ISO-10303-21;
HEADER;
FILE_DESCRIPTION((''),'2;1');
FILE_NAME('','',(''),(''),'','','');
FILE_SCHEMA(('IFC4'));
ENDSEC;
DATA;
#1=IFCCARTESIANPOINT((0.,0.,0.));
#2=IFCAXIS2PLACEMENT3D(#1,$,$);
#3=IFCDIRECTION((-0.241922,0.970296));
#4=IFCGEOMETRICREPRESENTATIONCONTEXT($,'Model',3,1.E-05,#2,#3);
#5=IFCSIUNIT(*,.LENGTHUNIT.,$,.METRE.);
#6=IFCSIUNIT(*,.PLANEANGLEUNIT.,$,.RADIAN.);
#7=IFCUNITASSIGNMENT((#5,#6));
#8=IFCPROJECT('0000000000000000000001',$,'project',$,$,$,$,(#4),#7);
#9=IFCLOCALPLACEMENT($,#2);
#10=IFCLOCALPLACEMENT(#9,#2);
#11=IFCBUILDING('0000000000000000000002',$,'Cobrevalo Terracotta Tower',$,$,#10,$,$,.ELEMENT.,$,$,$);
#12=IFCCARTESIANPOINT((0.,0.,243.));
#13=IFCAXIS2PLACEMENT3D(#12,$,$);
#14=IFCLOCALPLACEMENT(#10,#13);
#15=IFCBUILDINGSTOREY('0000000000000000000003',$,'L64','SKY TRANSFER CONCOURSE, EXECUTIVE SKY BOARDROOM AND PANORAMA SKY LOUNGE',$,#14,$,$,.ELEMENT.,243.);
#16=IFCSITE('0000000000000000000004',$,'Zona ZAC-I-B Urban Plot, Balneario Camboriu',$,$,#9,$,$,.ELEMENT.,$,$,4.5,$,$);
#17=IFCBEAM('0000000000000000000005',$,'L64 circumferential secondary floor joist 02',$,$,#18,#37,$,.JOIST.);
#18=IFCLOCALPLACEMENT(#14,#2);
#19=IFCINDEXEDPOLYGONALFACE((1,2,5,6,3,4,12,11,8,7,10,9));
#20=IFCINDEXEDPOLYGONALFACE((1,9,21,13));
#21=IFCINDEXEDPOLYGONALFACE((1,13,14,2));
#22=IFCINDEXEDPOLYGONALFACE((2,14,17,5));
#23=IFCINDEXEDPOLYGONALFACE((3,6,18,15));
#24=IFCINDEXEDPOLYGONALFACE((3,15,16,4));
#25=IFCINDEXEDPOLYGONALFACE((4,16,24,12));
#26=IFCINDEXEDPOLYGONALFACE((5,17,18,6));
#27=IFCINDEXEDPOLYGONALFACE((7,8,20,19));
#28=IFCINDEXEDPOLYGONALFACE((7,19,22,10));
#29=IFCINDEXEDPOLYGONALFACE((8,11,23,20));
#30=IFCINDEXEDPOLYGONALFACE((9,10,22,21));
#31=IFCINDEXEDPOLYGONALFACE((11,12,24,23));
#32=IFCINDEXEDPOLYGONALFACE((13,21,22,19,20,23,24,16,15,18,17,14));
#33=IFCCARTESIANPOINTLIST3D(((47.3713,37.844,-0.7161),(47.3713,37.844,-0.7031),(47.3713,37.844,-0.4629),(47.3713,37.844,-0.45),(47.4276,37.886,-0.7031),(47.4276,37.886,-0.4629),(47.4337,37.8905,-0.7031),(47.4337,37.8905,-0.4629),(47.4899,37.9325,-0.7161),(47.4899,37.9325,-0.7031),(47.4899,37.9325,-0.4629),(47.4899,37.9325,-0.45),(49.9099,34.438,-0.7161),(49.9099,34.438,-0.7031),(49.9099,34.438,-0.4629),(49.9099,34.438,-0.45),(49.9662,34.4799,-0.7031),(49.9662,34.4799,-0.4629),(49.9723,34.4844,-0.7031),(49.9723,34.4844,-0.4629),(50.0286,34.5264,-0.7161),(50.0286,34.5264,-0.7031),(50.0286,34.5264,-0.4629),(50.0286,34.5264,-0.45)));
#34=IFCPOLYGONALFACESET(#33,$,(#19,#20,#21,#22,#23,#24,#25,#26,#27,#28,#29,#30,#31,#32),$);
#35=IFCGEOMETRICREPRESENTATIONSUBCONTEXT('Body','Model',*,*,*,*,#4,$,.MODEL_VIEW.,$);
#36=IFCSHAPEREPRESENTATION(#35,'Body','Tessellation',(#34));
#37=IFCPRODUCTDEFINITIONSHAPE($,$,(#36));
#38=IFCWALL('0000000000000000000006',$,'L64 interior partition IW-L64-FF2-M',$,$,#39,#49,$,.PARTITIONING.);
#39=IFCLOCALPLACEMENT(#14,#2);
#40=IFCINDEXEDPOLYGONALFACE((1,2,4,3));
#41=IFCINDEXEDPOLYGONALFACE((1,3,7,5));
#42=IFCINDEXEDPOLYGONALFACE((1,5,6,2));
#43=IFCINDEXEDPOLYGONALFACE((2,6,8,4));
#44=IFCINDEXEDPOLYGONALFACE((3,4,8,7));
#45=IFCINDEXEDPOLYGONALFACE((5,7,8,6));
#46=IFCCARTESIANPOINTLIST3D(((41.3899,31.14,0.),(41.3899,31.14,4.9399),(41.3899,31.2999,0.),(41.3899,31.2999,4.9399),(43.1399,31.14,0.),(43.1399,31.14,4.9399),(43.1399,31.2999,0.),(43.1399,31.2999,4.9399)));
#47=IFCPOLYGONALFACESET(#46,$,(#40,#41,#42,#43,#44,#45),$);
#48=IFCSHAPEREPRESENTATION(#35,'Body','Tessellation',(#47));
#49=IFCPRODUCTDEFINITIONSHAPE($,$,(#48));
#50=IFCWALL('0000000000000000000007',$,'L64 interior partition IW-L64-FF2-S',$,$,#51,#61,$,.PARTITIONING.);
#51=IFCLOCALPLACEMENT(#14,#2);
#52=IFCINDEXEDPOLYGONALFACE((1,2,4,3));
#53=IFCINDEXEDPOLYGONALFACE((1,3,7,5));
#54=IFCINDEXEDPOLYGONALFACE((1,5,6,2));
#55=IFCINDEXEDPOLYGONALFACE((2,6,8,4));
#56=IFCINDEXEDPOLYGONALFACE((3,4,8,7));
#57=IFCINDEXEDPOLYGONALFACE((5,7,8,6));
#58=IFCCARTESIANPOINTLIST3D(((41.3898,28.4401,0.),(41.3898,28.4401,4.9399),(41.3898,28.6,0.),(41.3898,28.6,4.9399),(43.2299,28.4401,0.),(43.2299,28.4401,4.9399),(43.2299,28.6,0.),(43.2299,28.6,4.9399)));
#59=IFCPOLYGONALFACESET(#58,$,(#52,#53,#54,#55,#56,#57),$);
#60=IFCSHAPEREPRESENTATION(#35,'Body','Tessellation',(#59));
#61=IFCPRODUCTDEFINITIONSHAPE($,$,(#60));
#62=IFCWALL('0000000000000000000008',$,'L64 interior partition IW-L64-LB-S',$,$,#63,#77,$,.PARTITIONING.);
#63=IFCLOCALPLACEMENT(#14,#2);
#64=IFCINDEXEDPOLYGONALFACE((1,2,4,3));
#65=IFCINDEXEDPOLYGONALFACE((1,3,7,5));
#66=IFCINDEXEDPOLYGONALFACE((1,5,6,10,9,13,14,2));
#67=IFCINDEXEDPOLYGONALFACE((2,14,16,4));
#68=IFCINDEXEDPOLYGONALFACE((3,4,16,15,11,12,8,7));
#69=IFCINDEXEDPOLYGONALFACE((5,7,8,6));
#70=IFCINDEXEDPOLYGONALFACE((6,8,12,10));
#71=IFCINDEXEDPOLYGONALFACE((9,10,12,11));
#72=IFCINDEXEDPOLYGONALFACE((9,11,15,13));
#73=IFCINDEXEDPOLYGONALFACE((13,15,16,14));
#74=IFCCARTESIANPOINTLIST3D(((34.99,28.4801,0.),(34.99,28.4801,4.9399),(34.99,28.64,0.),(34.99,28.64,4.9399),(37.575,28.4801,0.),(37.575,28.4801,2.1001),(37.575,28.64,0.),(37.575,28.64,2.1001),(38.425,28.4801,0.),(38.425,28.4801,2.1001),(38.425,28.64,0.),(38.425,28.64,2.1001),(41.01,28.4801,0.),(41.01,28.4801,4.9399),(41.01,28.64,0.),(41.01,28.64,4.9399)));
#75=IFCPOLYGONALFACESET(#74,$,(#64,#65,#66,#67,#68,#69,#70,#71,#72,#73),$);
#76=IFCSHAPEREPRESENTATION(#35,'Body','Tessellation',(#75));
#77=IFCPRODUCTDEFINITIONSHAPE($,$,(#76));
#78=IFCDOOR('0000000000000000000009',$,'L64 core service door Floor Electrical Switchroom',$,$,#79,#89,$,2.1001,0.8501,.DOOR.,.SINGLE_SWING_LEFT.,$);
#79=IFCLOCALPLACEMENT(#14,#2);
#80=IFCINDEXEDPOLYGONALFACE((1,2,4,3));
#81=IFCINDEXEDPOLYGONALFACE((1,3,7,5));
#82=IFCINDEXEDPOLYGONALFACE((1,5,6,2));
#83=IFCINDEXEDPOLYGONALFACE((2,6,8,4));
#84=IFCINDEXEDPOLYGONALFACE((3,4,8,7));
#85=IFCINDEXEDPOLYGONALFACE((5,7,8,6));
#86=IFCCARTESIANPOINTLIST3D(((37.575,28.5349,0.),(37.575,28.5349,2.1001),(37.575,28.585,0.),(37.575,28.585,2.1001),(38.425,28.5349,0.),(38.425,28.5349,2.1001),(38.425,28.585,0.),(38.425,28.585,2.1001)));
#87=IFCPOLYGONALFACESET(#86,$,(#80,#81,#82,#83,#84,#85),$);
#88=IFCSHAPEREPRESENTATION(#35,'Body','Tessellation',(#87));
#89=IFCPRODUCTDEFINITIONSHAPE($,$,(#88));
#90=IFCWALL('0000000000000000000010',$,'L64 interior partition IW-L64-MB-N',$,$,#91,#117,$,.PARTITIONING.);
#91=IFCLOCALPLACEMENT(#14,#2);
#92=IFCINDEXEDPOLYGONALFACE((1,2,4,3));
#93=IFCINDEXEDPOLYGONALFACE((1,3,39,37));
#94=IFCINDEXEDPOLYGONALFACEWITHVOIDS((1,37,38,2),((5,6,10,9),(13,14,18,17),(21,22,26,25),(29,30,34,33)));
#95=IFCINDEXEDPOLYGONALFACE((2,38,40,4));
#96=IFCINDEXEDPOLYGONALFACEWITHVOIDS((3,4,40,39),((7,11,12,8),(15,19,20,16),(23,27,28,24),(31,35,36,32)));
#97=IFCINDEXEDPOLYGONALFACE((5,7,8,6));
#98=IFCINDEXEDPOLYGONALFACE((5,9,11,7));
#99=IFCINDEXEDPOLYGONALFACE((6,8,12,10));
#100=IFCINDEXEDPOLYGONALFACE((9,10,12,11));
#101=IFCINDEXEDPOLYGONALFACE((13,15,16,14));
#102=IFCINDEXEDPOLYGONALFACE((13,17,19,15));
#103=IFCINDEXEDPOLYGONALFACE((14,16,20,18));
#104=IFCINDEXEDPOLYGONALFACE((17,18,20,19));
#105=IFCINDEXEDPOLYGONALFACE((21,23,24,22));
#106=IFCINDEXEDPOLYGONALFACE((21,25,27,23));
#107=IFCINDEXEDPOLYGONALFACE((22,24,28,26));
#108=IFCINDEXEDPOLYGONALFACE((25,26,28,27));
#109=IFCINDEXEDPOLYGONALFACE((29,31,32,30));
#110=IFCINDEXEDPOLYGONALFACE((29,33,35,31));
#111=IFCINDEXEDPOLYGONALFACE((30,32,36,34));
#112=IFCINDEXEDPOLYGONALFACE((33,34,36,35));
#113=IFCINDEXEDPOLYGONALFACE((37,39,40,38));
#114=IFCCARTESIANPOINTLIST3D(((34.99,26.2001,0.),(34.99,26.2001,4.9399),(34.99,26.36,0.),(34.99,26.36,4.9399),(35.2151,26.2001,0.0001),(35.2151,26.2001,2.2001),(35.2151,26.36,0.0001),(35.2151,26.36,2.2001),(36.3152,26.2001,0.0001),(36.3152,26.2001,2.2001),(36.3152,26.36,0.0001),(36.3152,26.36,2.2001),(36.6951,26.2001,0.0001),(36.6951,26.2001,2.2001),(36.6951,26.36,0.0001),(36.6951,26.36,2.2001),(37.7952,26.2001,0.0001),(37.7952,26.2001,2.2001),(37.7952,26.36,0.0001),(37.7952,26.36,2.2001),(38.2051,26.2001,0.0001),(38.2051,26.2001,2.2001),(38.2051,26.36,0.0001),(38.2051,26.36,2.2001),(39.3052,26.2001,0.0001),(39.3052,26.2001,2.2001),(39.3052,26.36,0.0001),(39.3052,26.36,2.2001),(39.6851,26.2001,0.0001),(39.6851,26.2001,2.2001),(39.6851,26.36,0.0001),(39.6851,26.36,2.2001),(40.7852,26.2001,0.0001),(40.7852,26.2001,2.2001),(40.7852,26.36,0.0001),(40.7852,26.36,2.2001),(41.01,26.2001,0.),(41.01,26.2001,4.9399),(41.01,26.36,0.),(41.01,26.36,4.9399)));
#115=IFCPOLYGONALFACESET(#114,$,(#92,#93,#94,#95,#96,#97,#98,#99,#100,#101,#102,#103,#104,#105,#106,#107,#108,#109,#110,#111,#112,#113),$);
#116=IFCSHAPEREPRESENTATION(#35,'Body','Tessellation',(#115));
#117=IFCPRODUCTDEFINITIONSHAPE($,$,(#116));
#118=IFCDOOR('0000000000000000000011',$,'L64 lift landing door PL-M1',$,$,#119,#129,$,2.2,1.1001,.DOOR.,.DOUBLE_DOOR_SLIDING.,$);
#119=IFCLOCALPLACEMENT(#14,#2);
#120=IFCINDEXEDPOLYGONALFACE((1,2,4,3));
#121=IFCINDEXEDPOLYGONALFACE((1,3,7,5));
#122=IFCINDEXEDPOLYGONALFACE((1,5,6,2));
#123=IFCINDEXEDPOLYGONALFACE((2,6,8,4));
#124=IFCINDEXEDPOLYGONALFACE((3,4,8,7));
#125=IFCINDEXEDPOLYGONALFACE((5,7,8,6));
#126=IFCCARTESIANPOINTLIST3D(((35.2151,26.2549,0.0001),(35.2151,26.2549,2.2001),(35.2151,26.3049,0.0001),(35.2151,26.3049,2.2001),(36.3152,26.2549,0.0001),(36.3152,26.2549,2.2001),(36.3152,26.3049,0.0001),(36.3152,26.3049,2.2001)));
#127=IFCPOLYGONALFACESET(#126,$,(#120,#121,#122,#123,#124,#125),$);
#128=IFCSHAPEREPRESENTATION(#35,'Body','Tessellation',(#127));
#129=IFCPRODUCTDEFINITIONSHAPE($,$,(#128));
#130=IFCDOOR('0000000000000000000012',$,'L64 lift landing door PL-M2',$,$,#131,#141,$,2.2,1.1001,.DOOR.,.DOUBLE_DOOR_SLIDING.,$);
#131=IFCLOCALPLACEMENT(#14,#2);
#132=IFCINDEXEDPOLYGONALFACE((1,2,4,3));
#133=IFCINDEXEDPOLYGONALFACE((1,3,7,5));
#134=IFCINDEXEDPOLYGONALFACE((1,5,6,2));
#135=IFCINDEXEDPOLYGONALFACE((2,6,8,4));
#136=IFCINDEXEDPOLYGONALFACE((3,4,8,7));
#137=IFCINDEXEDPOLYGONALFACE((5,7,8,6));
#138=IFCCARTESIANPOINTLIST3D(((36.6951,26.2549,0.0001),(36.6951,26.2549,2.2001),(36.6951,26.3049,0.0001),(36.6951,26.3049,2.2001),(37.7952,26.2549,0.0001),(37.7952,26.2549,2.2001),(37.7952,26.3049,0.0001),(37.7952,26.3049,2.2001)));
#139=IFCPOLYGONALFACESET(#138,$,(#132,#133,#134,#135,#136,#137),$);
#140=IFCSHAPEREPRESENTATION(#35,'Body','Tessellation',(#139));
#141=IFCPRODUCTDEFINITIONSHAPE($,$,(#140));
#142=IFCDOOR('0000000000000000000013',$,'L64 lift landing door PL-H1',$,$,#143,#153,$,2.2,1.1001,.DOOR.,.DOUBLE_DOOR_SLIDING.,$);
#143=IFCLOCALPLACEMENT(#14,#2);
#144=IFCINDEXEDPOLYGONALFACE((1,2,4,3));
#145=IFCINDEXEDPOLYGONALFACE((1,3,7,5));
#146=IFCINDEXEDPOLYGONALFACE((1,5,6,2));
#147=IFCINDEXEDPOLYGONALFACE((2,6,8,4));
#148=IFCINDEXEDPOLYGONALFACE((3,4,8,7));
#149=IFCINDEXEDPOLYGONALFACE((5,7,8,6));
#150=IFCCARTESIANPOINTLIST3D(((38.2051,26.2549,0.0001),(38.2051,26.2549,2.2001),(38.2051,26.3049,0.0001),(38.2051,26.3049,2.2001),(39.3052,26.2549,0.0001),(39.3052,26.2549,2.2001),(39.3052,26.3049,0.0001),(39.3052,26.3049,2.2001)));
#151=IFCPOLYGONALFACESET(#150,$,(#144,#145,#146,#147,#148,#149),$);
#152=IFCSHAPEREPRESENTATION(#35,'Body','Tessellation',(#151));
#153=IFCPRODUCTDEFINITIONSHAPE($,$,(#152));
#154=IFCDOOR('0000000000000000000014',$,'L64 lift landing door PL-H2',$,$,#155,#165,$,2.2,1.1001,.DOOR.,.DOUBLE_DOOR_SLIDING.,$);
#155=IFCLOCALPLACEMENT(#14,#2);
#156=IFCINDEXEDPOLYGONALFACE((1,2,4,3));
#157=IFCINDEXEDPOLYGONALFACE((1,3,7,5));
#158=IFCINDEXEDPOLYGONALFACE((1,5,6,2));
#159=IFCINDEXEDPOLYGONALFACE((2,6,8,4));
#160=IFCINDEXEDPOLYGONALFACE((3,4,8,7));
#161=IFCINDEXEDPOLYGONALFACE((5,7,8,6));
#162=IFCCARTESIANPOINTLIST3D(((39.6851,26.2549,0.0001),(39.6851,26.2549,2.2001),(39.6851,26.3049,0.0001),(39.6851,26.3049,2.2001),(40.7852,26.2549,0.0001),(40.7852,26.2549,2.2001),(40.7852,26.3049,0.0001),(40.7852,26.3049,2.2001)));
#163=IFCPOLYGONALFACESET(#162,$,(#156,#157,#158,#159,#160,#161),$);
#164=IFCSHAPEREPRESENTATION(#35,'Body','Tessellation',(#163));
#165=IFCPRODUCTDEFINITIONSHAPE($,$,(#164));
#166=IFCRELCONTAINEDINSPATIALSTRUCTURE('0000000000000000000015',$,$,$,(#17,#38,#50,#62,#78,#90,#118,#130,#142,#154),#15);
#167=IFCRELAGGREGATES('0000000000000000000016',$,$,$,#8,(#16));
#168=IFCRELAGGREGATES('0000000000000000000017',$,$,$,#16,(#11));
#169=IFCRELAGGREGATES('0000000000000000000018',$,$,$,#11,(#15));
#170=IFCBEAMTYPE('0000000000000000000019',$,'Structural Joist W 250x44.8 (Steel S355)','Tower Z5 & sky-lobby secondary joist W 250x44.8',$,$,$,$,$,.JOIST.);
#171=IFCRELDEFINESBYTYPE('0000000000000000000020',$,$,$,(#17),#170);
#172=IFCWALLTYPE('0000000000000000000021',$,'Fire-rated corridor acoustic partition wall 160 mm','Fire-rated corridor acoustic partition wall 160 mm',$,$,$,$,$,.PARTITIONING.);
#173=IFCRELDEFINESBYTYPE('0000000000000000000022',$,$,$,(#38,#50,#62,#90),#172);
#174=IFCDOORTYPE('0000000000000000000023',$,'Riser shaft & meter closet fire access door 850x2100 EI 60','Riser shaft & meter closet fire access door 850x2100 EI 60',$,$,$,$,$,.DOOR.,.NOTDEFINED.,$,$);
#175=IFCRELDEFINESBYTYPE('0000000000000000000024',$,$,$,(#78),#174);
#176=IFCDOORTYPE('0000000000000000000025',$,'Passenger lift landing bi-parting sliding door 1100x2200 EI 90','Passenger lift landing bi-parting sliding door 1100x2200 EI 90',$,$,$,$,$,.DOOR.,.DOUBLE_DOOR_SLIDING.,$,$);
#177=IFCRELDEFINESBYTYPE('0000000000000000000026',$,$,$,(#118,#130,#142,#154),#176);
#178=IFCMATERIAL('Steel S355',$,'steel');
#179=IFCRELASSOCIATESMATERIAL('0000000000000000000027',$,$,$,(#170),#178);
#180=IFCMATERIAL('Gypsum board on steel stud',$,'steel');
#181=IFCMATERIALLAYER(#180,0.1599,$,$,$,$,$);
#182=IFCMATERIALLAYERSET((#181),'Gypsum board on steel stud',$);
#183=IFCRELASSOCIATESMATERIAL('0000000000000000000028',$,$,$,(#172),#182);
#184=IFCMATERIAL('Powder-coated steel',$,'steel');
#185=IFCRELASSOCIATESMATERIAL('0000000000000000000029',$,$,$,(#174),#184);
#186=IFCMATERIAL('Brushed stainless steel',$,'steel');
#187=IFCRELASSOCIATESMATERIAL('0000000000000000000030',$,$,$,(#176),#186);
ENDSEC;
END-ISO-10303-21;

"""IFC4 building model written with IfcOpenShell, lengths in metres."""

from ifc_helpers import new_model, si_unit, direction, frame, frame_2d, origin, origin_2d, place, context, subcontext, project, spatial, rectangle, i_section, extrude, source, transform, mapped, material, layer, layer_set, material_profile, profile_set, type_object, element, fill, save


model = new_model("IFC4")

# Units and contexts
model_context = context("Model", 3, precision=1e-05, world=origin(), true_north=direction((-0.241922, 0.970296)))
body_context = subcontext(model_context, "Body", "Model", "MODEL_VIEW")
ifc_project = project(units=[si_unit("LENGTHUNIT", "METRE"), si_unit("PLANEANGLEUNIT", "RADIAN")], contexts=[model_context])

# Site, building, storey
site_placement = place(None, origin())
site = spatial("IfcSite", under=ifc_project, at=site_placement, Name="Zona ZAC-I-B Urban Plot, Balneario Camboriu", CompositionType="ELEMENT", RefElevation=4.5)
building_placement = place(site_placement, origin())
building = spatial("IfcBuilding", under=site, at=building_placement, Name="Cobrevalo Terracotta Tower", CompositionType="ELEMENT")
storey_placement = place(building_placement, frame((0.0, 0.0, 243.0)))
storey = spatial("IfcBuildingStorey", under=building, at=storey_placement, Name="L64", Description="SKY TRANSFER CONCOURSE, EXECUTIVE SKY BOARDROOM AND PANORAMA SKY LOUNGE", CompositionType="ELEMENT", Elevation=243.0)

# Beam
ifc_material_1 = material(Name="Steel S355", Category="steel")
ifc_material_profile = material_profile(ifc_material_1, i_section(OverallWidth=0.1479, OverallDepth=0.2661, WebThickness=0.0076, FlangeThickness=0.0129, at=origin_2d()), Name="W 250x44.8")
ifc_profile_set = profile_set([ifc_material_profile], Name="Steel S355")
beam_type = type_object("IfcBeamType", Name="Structural Joist W 250x44.8 (Steel S355)", Description="Tower Z5 & sky-lobby secondary joist W 250x44.8", PredefinedType="JOIST", material=ifc_profile_set)
beam_placement = place(storey_placement, frame((49.9692, 34.4822, -0.583), z_axis=(-0.597597, 0.801796, 0.0), x_axis=(-0.801796, -0.597597, 0.0)))
element("IfcBeam", 1, at=beam_placement, inside=storey, type_object=beam_type, Name="L64 circumferential secondary floor joist 02", PredefinedType="JOIST", context=body_context, shape_type="SweptSolid", body=[
    extrude(i_section(OverallWidth=0.1479, OverallDepth=0.2661, WebThickness=0.0076, FlangeThickness=0.0129, at=origin_2d()), origin(), (0.0, 0.0, 1.0), 4.248),
])

# Walls
ifc_material_2 = material(Name="Gypsum board on steel stud", Category="steel")
ifc_layer_1 = layer(ifc_material_2, 0.1599)
ifc_layer_set_1 = layer_set([ifc_layer_1], Name="Gypsum board on steel stud")
wall_type_1 = type_object("IfcWallType", Name="Fire-rated corridor acoustic partition wall 160 mm", Description="Fire-rated corridor acoustic partition wall 160 mm", PredefinedType="PARTITIONING", material=ifc_layer_set_1)
wall_1_placement = place(storey_placement, frame((41.3899, 31.22, 0.0), z_axis=(0.0, 0.0, 1.0), x_axis=(1.0, 0.0, 0.0)))
element("IfcWall", 2, at=wall_1_placement, inside=storey, type_object=wall_type_1, Name="L64 interior partition IW-L64-FF2-M", PredefinedType="PARTITIONING", context=body_context, shape_type="SweptSolid", body=[
    extrude(rectangle(XDim=1.75, YDim=0.1599, at=frame_2d((0.875, 0.0))), origin(), (0.0, 0.0, 1.0), 4.9399),
])
wall_2_placement = place(storey_placement, frame((41.3899, 28.52, 0.0), z_axis=(0.0, 0.0, 1.0), x_axis=(1.0, 0.0, 0.0)))
element("IfcWall", 3, at=wall_2_placement, inside=storey, type_object=wall_type_1, Name="L64 interior partition IW-L64-FF2-S", PredefinedType="PARTITIONING", context=body_context, shape_type="SweptSolid", body=[
    extrude(rectangle(XDim=1.8401, YDim=0.1599, at=frame_2d((0.9199, 0.0))), origin(), (0.0, 0.0, 1.0), 4.9399),
])

# Wall, opening, door
wall_3_placement = place(storey_placement, frame((34.99, 28.5601, 0.0), z_axis=(0.0, 0.0, 1.0), x_axis=(1.0, 0.0, 0.0)))
wall_3 = element("IfcWall", 4, at=wall_3_placement, inside=storey, type_object=wall_type_1, Name="L64 interior partition IW-L64-LB-S", PredefinedType="PARTITIONING", context=body_context, shape_type="SweptSolid", body=[
    extrude(rectangle(XDim=6.02, YDim=0.1599, at=frame_2d((3.01, 0.0))), origin(), (0.0, 0.0, 1.0), 4.9399),
])
opening_1_placement = place(wall_3_placement, frame((2.585, 0.0, 0.0)))
opening_1 = element("IfcOpeningElement", 5, at=opening_1_placement, cuts=wall_3, PredefinedType="OPENING", context=body_context, shape_type="SweptSolid", body=[
    extrude(rectangle(XDim=0.8501, YDim=2.1001, at=frame_2d((0.425, 1.05))), frame((0.0, 0.0898, 0.0), z_axis=(0.0, -1.0, 0.0), x_axis=(1.0, 0.0, 0.0)), (0.0, 0.0, 1.0), 0.1799),
])
ifc_material_3 = material(Name="Powder-coated steel", Category="steel")
door_type_1 = type_object("IfcDoorType", Name="Riser shaft & meter closet fire access door 850x2100 EI 60", Description="Riser shaft & meter closet fire access door 850x2100 EI 60", OperationType="NOTDEFINED", PredefinedType="DOOR", material=ifc_material_3)
shared_shape_1 = source(origin(), body_context, "Body", "SweptSolid", [
    extrude(rectangle(XDim=0.8501, YDim=2.1001, at=frame_2d((0.425, 1.05))), frame((0.0, 0.0249, 0.0), z_axis=(0.0, -1.0, 0.0), x_axis=(1.0, 0.0, 0.0)), (0.0, 0.0, 1.0), 0.05),
])
door_1_placement = place(opening_1_placement, origin())
door_1 = element("IfcDoor", 6, at=door_1_placement, inside=storey, type_object=door_type_1, Name="L64 core service door Floor Electrical Switchroom", OperationType="SINGLE_SWING_LEFT", OverallHeight=2.1001, OverallWidth=0.8501, PredefinedType="DOOR", context=body_context, shape_type="MappedRepresentation", body=[
    mapped(shared_shape_1, transform((0.0, 0.0, 0.0), scale=1.0)),
])
fill(opening_1, door_1)

# Wall, openings, doors
wall_4_placement = place(storey_placement, frame((34.99, 26.28, 0.0), z_axis=(0.0, 0.0, 1.0), x_axis=(1.0, 0.0, 0.0)))
wall_4 = element("IfcWall", 7, at=wall_4_placement, inside=storey, type_object=wall_type_1, Name="L64 interior partition IW-L64-MB-N", PredefinedType="PARTITIONING", context=body_context, shape_type="SweptSolid", body=[
    extrude(rectangle(XDim=6.02, YDim=0.1599, at=frame_2d((3.01, 0.0))), origin(), (0.0, 0.0, 1.0), 4.9399),
])
opening_2_placement = place(wall_4_placement, frame((0.2251, 0.0, 0.0)))
opening_2 = element("IfcOpeningElement", 8, at=opening_2_placement, cuts=wall_4, PredefinedType="OPENING", context=body_context, shape_type="SweptSolid", body=[
    extrude(rectangle(XDim=1.1001, YDim=2.2, at=frame_2d((0.55, 1.1001))), frame((0.0, 0.0898, 0.0), z_axis=(0.0, -1.0, 0.0), x_axis=(1.0, 0.0, 0.0)), (0.0, 0.0, 1.0), 0.1799),
])
opening_3_placement = place(wall_4_placement, frame((1.7051, 0.0, 0.0)))
opening_3 = element("IfcOpeningElement", 9, at=opening_3_placement, cuts=wall_4, PredefinedType="OPENING", context=body_context, shape_type="SweptSolid", body=[
    extrude(rectangle(XDim=1.1001, YDim=2.2, at=frame_2d((0.55, 1.1001))), frame((0.0, 0.0898, 0.0), z_axis=(0.0, -1.0, 0.0), x_axis=(1.0, 0.0, 0.0)), (0.0, 0.0, 1.0), 0.1799),
])
opening_4_placement = place(wall_4_placement, frame((3.2151, 0.0, 0.0)))
opening_4 = element("IfcOpeningElement", 10, at=opening_4_placement, cuts=wall_4, PredefinedType="OPENING", context=body_context, shape_type="SweptSolid", body=[
    extrude(rectangle(XDim=1.1001, YDim=2.2, at=frame_2d((0.55, 1.1001))), frame((0.0, 0.0898, 0.0), z_axis=(0.0, -1.0, 0.0), x_axis=(1.0, 0.0, 0.0)), (0.0, 0.0, 1.0), 0.1799),
])
opening_5_placement = place(wall_4_placement, frame((4.6951, 0.0, 0.0)))
opening_5 = element("IfcOpeningElement", 11, at=opening_5_placement, cuts=wall_4, PredefinedType="OPENING", context=body_context, shape_type="SweptSolid", body=[
    extrude(rectangle(XDim=1.1001, YDim=2.2, at=frame_2d((0.55, 1.1001))), frame((0.0, 0.0898, 0.0), z_axis=(0.0, -1.0, 0.0), x_axis=(1.0, 0.0, 0.0)), (0.0, 0.0, 1.0), 0.1799),
])
ifc_material_4 = material(Name="Brushed stainless steel", Category="steel")
door_type_2 = type_object("IfcDoorType", Name="Passenger lift landing bi-parting sliding door 1100x2200 EI 90", Description="Passenger lift landing bi-parting sliding door 1100x2200 EI 90", OperationType="DOUBLE_DOOR_SLIDING", PredefinedType="DOOR", material=ifc_material_4)
shared_shape_2 = source(origin(), body_context, "Body", "SweptSolid", [
    extrude(rectangle(XDim=1.1001, YDim=2.2, at=frame_2d((0.55, 1.1001))), frame((0.0, 0.0249, 0.0), z_axis=(0.0, -1.0, 0.0), x_axis=(1.0, 0.0, 0.0)), (0.0, 0.0, 1.0), 0.05),
])
door_2_placement = place(opening_2_placement, origin())
door_2 = element("IfcDoor", 12, at=door_2_placement, inside=storey, type_object=door_type_2, Name="L64 lift landing door PL-M1", OperationType="DOUBLE_DOOR_SLIDING", OverallHeight=2.2, OverallWidth=1.1001, PredefinedType="DOOR", context=body_context, shape_type="MappedRepresentation", body=[
    mapped(shared_shape_2, transform((0.0, 0.0, 0.0), scale=1.0)),
])
fill(opening_2, door_2)
door_3_placement = place(opening_3_placement, origin())
door_3 = element("IfcDoor", 13, at=door_3_placement, inside=storey, type_object=door_type_2, Name="L64 lift landing door PL-M2", OperationType="DOUBLE_DOOR_SLIDING", OverallHeight=2.2, OverallWidth=1.1001, PredefinedType="DOOR", context=body_context, shape_type="MappedRepresentation", body=[
    mapped(shared_shape_2, transform((0.0, 0.0, 0.0), scale=1.0)),
])
fill(opening_3, door_3)
door_4_placement = place(opening_4_placement, origin())
door_4 = element("IfcDoor", 14, at=door_4_placement, inside=storey, type_object=door_type_2, Name="L64 lift landing door PL-H1", OperationType="DOUBLE_DOOR_SLIDING", OverallHeight=2.2, OverallWidth=1.1001, PredefinedType="DOOR", context=body_context, shape_type="MappedRepresentation", body=[
    mapped(shared_shape_2, transform((0.0, 0.0, 0.0), scale=1.0)),
])
fill(opening_4, door_4)
door_5_placement = place(opening_5_placement, origin())
door_5 = element("IfcDoor", 15, at=door_5_placement, inside=storey, type_object=door_type_2, Name="L64 lift landing door PL-H2", OperationType="DOUBLE_DOOR_SLIDING", OverallHeight=2.2, OverallWidth=1.1001, PredefinedType="DOOR", context=body_context, shape_type="MappedRepresentation", body=[
    mapped(shared_shape_2, transform((0.0, 0.0, 0.0), scale=1.0)),
])
fill(opening_5, door_5)

save(model, "model.ifc")
